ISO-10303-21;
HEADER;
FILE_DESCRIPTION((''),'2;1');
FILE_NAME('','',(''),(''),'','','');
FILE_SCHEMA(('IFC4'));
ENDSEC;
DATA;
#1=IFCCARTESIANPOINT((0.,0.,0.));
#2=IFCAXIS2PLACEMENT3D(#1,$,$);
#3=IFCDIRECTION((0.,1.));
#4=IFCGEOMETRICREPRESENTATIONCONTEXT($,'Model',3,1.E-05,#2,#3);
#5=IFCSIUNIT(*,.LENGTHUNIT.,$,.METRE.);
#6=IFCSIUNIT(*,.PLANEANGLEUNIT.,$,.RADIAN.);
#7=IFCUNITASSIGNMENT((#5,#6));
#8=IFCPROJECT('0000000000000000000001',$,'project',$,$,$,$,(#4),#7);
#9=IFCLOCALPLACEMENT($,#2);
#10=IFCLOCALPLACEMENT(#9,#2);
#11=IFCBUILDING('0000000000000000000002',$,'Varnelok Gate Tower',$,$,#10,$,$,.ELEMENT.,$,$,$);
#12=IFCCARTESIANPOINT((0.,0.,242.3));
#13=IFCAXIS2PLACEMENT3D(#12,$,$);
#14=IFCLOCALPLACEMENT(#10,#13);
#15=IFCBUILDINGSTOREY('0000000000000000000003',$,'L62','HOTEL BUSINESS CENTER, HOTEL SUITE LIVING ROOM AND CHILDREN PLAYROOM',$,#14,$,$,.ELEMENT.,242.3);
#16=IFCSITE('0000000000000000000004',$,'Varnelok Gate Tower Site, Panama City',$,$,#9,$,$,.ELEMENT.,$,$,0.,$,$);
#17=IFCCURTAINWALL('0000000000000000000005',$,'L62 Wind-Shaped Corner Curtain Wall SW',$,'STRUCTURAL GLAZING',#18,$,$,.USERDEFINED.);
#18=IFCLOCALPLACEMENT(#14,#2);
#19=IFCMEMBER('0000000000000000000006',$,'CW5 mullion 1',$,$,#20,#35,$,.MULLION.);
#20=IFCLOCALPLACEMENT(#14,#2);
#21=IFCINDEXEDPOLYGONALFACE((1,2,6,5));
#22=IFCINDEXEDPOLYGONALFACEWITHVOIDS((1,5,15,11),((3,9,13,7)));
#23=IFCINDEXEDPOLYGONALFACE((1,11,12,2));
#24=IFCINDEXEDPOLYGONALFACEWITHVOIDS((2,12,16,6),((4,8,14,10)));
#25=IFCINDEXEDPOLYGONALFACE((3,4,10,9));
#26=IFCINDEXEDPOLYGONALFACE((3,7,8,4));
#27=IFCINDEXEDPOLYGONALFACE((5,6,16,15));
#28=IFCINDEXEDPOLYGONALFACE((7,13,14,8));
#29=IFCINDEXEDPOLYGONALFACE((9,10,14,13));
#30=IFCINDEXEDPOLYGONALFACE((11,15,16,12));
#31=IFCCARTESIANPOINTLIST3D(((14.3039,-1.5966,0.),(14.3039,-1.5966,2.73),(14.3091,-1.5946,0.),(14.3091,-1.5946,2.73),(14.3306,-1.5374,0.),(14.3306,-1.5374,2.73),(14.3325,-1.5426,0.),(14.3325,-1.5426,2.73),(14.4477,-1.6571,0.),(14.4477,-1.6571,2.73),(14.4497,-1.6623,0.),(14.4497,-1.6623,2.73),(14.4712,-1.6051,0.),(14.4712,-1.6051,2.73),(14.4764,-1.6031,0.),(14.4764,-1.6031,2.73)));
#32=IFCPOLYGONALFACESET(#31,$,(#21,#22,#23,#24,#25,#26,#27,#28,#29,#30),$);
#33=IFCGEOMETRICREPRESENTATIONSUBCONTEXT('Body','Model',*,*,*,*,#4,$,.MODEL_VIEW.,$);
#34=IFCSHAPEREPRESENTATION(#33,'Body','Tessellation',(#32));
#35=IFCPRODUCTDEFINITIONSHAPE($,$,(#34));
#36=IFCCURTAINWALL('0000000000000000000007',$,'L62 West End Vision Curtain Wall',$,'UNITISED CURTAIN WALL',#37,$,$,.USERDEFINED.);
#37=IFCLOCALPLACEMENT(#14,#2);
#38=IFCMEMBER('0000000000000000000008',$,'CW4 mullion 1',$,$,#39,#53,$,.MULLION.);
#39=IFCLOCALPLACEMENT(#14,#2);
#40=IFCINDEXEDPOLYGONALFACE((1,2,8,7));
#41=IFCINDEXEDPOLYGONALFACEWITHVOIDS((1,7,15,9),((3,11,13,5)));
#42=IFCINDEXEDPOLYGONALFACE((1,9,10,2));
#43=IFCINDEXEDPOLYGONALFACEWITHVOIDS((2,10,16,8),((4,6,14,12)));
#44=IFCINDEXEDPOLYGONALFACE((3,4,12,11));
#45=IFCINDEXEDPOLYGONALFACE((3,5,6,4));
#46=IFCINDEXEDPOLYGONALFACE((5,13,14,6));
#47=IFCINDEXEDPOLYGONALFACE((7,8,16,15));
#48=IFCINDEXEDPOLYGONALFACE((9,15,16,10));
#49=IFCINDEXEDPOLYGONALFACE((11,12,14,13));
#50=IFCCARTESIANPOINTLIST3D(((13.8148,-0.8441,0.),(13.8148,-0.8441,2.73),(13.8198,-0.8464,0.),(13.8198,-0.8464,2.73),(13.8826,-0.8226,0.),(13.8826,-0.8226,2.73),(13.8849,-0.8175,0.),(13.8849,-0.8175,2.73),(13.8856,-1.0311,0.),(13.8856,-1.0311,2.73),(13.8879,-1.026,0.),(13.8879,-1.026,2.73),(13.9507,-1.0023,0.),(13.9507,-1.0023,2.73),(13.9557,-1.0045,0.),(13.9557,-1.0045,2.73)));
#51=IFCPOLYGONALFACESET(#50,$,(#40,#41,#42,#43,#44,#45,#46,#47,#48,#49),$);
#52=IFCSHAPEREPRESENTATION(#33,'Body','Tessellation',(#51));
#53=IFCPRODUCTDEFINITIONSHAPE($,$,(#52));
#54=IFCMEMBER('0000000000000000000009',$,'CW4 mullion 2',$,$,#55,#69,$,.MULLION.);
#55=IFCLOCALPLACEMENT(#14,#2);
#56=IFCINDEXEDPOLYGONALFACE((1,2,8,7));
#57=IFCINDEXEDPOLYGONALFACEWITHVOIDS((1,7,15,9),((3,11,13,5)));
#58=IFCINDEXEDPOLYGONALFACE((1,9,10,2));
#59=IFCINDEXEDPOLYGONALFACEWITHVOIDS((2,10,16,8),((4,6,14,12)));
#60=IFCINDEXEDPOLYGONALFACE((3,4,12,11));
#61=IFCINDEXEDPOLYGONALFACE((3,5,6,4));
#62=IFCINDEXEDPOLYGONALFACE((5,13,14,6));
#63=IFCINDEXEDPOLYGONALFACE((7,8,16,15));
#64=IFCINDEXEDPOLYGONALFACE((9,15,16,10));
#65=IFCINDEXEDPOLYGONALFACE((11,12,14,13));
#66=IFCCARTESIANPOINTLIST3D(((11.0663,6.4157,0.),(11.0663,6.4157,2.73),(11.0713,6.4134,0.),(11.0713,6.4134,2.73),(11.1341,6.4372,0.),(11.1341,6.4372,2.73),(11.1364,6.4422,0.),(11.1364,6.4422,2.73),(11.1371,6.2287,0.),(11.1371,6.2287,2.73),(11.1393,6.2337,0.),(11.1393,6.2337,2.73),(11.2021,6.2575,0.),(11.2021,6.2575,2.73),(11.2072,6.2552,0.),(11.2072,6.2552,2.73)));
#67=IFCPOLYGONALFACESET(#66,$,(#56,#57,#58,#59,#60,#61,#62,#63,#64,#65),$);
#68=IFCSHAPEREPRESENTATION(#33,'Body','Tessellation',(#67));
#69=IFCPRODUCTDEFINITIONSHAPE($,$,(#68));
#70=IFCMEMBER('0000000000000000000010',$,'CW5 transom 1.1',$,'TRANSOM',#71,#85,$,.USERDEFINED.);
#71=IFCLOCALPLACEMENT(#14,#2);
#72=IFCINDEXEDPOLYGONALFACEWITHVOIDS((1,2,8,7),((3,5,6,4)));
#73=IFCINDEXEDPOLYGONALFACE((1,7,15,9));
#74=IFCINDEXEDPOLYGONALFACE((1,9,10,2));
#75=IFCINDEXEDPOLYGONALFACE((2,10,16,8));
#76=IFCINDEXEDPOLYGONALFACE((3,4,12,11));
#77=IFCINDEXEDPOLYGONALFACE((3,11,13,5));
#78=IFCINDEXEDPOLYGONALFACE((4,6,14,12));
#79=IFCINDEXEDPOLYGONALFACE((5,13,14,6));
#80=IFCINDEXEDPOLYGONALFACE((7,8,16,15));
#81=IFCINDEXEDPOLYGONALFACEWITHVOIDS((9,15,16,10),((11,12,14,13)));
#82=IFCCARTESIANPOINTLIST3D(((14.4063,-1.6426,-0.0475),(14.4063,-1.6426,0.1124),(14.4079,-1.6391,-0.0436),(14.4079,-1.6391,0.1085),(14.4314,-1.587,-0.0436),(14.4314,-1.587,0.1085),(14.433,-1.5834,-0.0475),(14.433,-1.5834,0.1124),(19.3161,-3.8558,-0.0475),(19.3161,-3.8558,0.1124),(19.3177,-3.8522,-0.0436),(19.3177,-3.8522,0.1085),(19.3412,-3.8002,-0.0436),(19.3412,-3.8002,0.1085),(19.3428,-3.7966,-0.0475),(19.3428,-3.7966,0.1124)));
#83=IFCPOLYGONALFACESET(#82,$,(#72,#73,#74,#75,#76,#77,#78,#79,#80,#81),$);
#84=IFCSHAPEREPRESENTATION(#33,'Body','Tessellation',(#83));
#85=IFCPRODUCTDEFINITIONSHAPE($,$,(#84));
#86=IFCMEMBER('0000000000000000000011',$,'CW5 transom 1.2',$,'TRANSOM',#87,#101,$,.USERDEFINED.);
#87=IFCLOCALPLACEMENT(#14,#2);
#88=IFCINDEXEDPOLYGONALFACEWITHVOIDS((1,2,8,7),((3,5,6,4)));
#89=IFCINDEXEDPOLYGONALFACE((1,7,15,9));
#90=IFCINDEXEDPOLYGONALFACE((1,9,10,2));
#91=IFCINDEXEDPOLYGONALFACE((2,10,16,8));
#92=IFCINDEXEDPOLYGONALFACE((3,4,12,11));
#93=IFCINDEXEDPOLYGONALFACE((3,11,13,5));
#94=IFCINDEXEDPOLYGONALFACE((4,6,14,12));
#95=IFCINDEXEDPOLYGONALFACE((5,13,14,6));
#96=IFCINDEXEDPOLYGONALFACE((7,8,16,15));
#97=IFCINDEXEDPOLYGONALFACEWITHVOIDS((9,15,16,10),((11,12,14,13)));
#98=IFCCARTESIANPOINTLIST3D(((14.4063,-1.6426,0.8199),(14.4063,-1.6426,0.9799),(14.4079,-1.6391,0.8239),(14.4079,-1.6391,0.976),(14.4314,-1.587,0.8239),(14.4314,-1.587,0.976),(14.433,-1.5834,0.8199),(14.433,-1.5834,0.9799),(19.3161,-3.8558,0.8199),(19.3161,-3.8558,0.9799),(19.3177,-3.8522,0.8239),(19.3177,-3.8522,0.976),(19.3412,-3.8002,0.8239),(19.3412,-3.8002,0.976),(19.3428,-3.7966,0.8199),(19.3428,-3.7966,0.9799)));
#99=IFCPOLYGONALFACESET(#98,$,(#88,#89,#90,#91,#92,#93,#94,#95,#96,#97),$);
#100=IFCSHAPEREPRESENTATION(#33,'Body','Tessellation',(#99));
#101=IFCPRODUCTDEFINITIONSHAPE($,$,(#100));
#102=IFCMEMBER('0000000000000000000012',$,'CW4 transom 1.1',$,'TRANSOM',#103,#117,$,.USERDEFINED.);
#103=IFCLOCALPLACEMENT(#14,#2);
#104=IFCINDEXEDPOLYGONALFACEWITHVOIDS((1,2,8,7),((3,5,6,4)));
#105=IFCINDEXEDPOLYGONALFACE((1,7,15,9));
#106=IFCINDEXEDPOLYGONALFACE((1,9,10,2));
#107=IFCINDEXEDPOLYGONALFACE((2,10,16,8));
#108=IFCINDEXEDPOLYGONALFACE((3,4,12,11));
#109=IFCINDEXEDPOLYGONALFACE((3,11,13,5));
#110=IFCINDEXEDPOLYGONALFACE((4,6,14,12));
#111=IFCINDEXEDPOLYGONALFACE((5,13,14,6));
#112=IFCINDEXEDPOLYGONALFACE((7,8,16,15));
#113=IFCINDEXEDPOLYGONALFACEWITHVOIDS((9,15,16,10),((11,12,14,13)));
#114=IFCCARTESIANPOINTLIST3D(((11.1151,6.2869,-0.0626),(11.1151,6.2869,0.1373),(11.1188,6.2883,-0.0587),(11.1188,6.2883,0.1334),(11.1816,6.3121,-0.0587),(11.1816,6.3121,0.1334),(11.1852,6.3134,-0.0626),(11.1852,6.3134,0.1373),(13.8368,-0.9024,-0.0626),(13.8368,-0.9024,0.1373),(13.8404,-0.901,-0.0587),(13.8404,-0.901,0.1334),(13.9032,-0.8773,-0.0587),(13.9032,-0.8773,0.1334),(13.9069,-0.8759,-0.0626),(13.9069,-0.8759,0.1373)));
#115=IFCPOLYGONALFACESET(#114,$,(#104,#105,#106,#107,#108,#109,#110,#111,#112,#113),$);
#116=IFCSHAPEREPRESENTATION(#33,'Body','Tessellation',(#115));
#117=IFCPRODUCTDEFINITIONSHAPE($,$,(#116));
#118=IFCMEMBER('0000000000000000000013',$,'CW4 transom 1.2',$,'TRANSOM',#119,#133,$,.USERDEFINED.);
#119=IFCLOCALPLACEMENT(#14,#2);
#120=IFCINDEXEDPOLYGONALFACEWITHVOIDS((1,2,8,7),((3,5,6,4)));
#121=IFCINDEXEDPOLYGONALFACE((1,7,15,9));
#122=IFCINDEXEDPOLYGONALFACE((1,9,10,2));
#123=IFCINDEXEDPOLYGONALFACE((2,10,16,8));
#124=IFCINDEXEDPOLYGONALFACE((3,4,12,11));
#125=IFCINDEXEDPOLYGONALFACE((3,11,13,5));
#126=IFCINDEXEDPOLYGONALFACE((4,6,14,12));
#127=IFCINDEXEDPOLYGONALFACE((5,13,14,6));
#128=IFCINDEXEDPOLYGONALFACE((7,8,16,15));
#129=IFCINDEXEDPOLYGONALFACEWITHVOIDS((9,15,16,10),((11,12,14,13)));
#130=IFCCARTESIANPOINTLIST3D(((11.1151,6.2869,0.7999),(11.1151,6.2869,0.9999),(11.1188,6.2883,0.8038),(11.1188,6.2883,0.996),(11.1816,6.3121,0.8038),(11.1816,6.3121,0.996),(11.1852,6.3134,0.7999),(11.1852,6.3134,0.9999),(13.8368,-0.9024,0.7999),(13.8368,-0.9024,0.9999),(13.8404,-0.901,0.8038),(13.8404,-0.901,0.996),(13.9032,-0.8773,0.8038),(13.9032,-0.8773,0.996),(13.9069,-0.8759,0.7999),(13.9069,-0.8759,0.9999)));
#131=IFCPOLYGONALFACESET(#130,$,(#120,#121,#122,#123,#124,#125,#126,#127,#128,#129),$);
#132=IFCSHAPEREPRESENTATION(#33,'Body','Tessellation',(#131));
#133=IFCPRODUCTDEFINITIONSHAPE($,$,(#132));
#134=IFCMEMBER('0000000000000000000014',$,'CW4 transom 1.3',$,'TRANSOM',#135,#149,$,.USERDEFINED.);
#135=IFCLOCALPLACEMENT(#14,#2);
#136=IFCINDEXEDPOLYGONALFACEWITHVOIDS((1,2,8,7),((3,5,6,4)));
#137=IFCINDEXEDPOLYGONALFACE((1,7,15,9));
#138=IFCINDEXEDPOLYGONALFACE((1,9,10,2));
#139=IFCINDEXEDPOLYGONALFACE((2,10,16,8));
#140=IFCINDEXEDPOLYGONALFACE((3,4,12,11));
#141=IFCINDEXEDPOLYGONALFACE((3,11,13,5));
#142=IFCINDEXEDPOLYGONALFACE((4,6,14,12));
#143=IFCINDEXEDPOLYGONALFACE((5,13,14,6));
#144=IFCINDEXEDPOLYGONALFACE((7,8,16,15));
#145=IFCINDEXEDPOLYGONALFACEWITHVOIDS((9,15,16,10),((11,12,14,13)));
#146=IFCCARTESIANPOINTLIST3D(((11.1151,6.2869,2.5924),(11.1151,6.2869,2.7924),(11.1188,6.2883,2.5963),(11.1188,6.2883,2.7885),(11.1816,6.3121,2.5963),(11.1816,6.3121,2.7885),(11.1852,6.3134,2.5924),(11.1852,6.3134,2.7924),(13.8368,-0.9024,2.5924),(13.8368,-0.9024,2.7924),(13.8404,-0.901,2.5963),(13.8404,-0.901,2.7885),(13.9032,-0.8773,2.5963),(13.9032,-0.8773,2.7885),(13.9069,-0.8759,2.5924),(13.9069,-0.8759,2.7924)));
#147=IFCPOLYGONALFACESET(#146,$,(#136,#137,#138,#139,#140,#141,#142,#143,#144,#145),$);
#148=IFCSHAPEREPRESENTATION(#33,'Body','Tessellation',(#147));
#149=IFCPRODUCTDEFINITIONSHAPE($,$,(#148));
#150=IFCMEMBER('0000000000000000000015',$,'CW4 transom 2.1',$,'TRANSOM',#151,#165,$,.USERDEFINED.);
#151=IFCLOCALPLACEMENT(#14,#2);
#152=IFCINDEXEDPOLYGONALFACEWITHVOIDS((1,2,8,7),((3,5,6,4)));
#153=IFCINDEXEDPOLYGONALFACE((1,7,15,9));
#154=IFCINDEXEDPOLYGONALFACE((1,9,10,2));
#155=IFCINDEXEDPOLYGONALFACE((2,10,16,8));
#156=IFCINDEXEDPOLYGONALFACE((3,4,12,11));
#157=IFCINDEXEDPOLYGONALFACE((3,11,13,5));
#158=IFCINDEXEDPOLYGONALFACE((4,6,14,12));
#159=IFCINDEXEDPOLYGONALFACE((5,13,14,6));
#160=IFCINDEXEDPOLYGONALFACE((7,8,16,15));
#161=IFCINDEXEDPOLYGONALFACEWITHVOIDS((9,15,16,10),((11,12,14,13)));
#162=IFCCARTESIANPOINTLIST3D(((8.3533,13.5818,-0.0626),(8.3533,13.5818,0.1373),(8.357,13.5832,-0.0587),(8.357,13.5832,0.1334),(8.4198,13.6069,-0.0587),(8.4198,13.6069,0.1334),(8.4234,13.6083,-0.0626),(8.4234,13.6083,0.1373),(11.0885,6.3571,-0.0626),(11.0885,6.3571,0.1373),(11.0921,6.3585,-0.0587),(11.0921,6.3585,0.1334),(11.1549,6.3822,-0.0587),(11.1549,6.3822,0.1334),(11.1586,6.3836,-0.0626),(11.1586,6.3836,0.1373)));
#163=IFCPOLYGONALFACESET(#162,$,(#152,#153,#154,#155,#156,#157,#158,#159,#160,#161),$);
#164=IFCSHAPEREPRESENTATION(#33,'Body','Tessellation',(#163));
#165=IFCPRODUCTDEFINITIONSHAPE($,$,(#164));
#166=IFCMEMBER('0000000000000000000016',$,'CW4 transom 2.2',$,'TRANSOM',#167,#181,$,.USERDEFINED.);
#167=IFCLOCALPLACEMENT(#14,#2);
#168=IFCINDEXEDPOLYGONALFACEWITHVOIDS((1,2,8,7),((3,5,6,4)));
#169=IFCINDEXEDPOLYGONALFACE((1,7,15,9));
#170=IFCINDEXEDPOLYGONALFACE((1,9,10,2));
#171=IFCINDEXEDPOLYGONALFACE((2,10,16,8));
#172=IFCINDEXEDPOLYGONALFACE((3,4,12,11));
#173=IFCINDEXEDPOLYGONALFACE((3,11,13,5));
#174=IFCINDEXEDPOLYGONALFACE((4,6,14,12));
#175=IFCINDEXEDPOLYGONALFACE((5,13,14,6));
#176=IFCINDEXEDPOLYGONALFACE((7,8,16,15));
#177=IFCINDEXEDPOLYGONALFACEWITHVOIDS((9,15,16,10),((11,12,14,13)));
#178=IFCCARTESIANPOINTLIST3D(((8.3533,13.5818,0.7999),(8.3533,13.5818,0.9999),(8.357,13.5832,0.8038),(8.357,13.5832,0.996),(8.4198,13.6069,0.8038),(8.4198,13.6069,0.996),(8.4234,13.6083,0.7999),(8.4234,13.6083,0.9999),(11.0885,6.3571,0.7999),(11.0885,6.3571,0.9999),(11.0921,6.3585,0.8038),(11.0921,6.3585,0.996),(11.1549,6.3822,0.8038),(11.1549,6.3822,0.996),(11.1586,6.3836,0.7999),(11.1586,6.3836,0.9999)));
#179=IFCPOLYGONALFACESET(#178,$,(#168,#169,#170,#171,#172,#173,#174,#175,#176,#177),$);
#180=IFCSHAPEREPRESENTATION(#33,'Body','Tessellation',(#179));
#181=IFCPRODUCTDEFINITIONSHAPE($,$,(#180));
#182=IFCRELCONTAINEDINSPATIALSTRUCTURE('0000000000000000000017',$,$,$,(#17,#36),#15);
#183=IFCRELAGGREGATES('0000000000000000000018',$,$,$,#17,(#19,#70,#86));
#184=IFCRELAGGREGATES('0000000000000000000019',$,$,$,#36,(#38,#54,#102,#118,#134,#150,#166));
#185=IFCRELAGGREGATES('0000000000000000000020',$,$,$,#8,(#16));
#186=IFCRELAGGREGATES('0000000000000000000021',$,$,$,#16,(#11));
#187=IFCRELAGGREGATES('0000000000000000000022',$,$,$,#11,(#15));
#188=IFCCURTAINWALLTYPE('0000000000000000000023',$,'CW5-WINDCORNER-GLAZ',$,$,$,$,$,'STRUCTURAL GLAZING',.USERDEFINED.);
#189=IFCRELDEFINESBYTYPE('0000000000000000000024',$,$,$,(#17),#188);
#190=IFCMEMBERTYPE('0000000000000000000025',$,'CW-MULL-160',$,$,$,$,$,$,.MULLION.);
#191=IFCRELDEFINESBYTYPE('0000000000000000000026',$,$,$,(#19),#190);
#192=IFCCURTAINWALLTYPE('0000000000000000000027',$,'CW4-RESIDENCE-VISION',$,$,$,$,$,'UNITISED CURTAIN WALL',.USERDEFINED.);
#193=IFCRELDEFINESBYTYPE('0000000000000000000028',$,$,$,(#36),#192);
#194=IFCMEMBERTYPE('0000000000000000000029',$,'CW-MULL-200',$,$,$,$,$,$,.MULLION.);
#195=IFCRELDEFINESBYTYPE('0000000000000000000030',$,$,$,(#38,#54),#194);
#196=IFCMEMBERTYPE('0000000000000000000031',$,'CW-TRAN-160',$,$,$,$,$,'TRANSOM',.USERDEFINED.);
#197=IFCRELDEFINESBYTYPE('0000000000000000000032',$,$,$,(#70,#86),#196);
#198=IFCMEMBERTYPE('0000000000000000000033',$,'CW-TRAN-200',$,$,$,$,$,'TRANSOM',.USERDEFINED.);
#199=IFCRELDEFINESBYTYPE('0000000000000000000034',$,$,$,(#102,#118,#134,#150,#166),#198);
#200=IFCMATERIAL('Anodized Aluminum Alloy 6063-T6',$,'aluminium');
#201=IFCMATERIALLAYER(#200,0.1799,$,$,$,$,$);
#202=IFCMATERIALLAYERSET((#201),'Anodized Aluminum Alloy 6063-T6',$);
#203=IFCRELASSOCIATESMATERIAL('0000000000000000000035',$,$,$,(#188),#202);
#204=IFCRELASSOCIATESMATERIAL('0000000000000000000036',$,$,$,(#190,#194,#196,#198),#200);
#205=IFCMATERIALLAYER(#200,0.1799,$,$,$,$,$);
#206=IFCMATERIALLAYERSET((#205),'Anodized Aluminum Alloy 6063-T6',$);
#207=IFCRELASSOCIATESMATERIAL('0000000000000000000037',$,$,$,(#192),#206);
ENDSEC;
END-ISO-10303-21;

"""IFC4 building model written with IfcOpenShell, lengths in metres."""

from ifc_helpers import new_model, si_unit, direction, frame, origin, origin_2d, place, context, subcontext, project, spatial, hollow_rectangle, extrude, material, layer, layer_set, material_profile, profile_set, type_object, element, aggregate, save


model = new_model("IFC4")

# Units and contexts
model_context = context("Model", 3, precision=1e-05, world=origin(), true_north=direction((0.0, 1.0)))
body_context = subcontext(model_context, "Body", "Model", "MODEL_VIEW")
ifc_project = project(units=[si_unit("LENGTHUNIT", "METRE"), si_unit("PLANEANGLEUNIT", "RADIAN")], contexts=[model_context])

# Site, building, storey
site_placement = place(None, origin())
site = spatial("IfcSite", under=ifc_project, at=site_placement, Name="Varnelok Gate Tower Site, Panama City", CompositionType="ELEMENT", RefElevation=0.0)
building_placement = place(site_placement, origin())
building = spatial("IfcBuilding", under=site, at=building_placement, Name="Varnelok Gate Tower", CompositionType="ELEMENT")
storey_placement = place(building_placement, frame((0.0, 0.0, 242.3)))
storey = spatial("IfcBuildingStorey", under=building, at=storey_placement, Name="L62", Description="HOTEL BUSINESS CENTER, HOTEL SUITE LIVING ROOM AND CHILDREN PLAYROOM", CompositionType="ELEMENT", Elevation=242.3)

# Curtain wall, member
ifc_material_1 = material(Name="Anodized Aluminum Alloy 6063-T6", Category="aluminium")
ifc_layer_1 = layer(ifc_material_1, 0.1799)
ifc_layer_set_1 = layer_set([ifc_layer_1], Name="Anodized Aluminum Alloy 6063-T6")
curtain_wall_type_1 = type_object("IfcCurtainWallType", Name="CW5-WINDCORNER-GLAZ", ElementType="STRUCTURAL GLAZING", PredefinedType="USERDEFINED", material=ifc_layer_set_1)
curtain_wall_1_placement = place(storey_placement, origin())
curtain_wall_1 = element("IfcCurtainWall", 1, at=curtain_wall_1_placement, inside=storey, type_object=curtain_wall_type_1, Name="L62 Wind-Shaped Corner Curtain Wall SW", ObjectType="STRUCTURAL GLAZING", PredefinedType="USERDEFINED")
ifc_material_profile_1 = material_profile(ifc_material_1, hollow_rectangle(XDim=0.0649, YDim=0.1599, WallThickness=0.0039, at=origin_2d()), Name="ALU160X65X4")
ifc_profile_set_1 = profile_set([ifc_material_profile_1], Name="Anodized Aluminum Alloy 6063-T6")
member_type_1 = type_object("IfcMemberType", Name="CW-MULL-160", PredefinedType="MULLION", material=ifc_profile_set_1)
member_1_placement = place(storey_placement, frame((14.3901, -1.5999, 0.0), z_axis=(0.0, 0.0, 1.0), x_axis=(0.410939, 0.911663, 0.0)))
member_1 = element("IfcMember", 2, at=member_1_placement, type_object=member_type_1, Name="CW5 mullion 1", PredefinedType="MULLION", context=body_context, shape_type="SweptSolid", body=[
    extrude(hollow_rectangle(XDim=0.0649, YDim=0.1599, WallThickness=0.0039, at=origin_2d()), origin(), (0.0, 0.0, 1.0), 2.73),
])

# Curtain wall, members
ifc_layer_2 = layer(ifc_material_1, 0.1799)
ifc_layer_set_2 = layer_set([ifc_layer_2], Name="Anodized Aluminum Alloy 6063-T6")
curtain_wall_type_2 = type_object("IfcCurtainWallType", Name="CW4-RESIDENCE-VISION", ElementType="UNITISED CURTAIN WALL", PredefinedType="USERDEFINED", material=ifc_layer_set_2)
curtain_wall_2_placement = place(storey_placement, origin())
curtain_wall_2 = element("IfcCurtainWall", 3, at=curtain_wall_2_placement, inside=storey, type_object=curtain_wall_type_2, Name="L62 West End Vision Curtain Wall", ObjectType="UNITISED CURTAIN WALL", PredefinedType="USERDEFINED")
ifc_material_profile_2 = material_profile(ifc_material_1, hollow_rectangle(XDim=0.075, YDim=0.2, WallThickness=0.0039, at=origin_2d()), Name="ALU200X75X4")
ifc_profile_set_2 = profile_set([ifc_material_profile_2], Name="Anodized Aluminum Alloy 6063-T6")
member_type_2 = type_object("IfcMemberType", Name="CW-MULL-200", PredefinedType="MULLION", material=ifc_profile_set_2)
member_2_placement = place(storey_placement, frame((13.8853, -0.9243, 0.0), z_axis=(0.0, 0.0, 1.0), x_axis=(-0.935222, -0.354063, 0.0)))
member_2 = element("IfcMember", 4, at=member_2_placement, type_object=member_type_2, Name="CW4 mullion 1", PredefinedType="MULLION", context=body_context, shape_type="SweptSolid", body=[
    extrude(hollow_rectangle(XDim=0.075, YDim=0.2, WallThickness=0.0039, at=origin_2d()), origin(), (0.0, 0.0, 1.0), 2.73),
])
member_3_placement = place(storey_placement, frame((11.1367, 6.3354, 0.0), z_axis=(0.0, 0.0, 1.0), x_axis=(-0.935222, -0.354063, 0.0)))
member_3 = element("IfcMember", 5, at=member_3_placement, type_object=member_type_2, Name="CW4 mullion 2", PredefinedType="MULLION", context=body_context, shape_type="SweptSolid", body=[
    extrude(hollow_rectangle(XDim=0.075, YDim=0.2, WallThickness=0.0039, at=origin_2d()), origin(), (0.0, 0.0, 1.0), 2.73),
])

# Members
ifc_material_profile_3 = material_profile(ifc_material_1, hollow_rectangle(XDim=0.0649, YDim=0.1599, WallThickness=0.0039, at=origin_2d()), Name="ALU160X65X4")
ifc_profile_set_3 = profile_set([ifc_material_profile_3], Name="Anodized Aluminum Alloy 6063-T6")
member_type_3 = type_object("IfcMemberType", Name="CW-TRAN-160", ElementType="TRANSOM", PredefinedType="USERDEFINED", material=ifc_profile_set_3)
member_4_placement = place(storey_placement, frame((14.4197, -1.613, 0.0325), z_axis=(0.911658, -0.410949, 0.0), x_axis=(0.410949, 0.911658, 0.0)))
member_4 = element("IfcMember", 6, at=member_4_placement, type_object=member_type_3, Name="CW5 transom 1.1", ObjectType="TRANSOM", PredefinedType="USERDEFINED", context=body_context, shape_type="SweptSolid", body=[
    extrude(hollow_rectangle(XDim=0.0649, YDim=0.1599, WallThickness=0.0039, at=origin_2d()), origin(), (0.0, 0.0, 1.0), 5.3855),
])
member_5_placement = place(storey_placement, frame((14.4197, -1.613, 0.8999), z_axis=(0.911658, -0.410949, 0.0), x_axis=(0.410949, 0.911658, 0.0)))
member_5 = element("IfcMember", 7, at=member_5_placement, type_object=member_type_3, Name="CW5 transom 1.2", ObjectType="TRANSOM", PredefinedType="USERDEFINED", context=body_context, shape_type="SweptSolid", body=[
    extrude(hollow_rectangle(XDim=0.0649, YDim=0.1599, WallThickness=0.0039, at=origin_2d()), origin(), (0.0, 0.0, 1.0), 5.3855),
])
aggregate(curtain_wall_1, [member_1, member_4, member_5])
ifc_material_profile_4 = material_profile(ifc_material_1, hollow_rectangle(XDim=0.075, YDim=0.2, WallThickness=0.0039, at=origin_2d()), Name="ALU200X75X4")
ifc_profile_set_4 = profile_set([ifc_material_profile_4], Name="Anodized Aluminum Alloy 6063-T6")
member_type_4 = type_object("IfcMemberType", Name="CW-TRAN-200", ElementType="TRANSOM", PredefinedType="USERDEFINED", material=ifc_profile_set_4)
member_6_placement = place(storey_placement, frame((13.8718, -0.8892, 0.0374), z_axis=(-0.354045, 0.935228, 0.0), x_axis=(-0.935228, -0.354045, 0.0)))
member_6 = element("IfcMember", 8, at=member_6_placement, type_object=member_type_4, Name="CW4 transom 1.1", ObjectType="TRANSOM", PredefinedType="USERDEFINED", context=body_context, shape_type="SweptSolid", body=[
    extrude(hollow_rectangle(XDim=0.075, YDim=0.2, WallThickness=0.0039, at=origin_2d()), origin(), (0.0, 0.0, 1.0), 7.6873),
])
member_7_placement = place(storey_placement, frame((13.8718, -0.8892, 0.8999), z_axis=(-0.354045, 0.935228, 0.0), x_axis=(-0.935228, -0.354045, 0.0)))
member_7 = element("IfcMember", 9, at=member_7_placement, type_object=member_type_4, Name="CW4 transom 1.2", ObjectType="TRANSOM", PredefinedType="USERDEFINED", context=body_context, shape_type="SweptSolid", body=[
    extrude(hollow_rectangle(XDim=0.075, YDim=0.2, WallThickness=0.0039, at=origin_2d()), origin(), (0.0, 0.0, 1.0), 7.6873),
])
member_8_placement = place(storey_placement, frame((13.8718, -0.8892, 2.6924), z_axis=(-0.354045, 0.935228, 0.0), x_axis=(-0.935228, -0.354045, 0.0)))
member_8 = element("IfcMember", 10, at=member_8_placement, type_object=member_type_4, Name="CW4 transom 1.3", ObjectType="TRANSOM", PredefinedType="USERDEFINED", context=body_context, shape_type="SweptSolid", body=[
    extrude(hollow_rectangle(XDim=0.075, YDim=0.2, WallThickness=0.0039, at=origin_2d()), origin(), (0.0, 0.0, 1.0), 7.6873),
])
member_9_placement = place(storey_placement, frame((11.1235, 6.3704, 0.0374), z_axis=(-0.354059, 0.935223, 0.0), x_axis=(-0.935223, -0.354059, 0.0)))
member_9 = element("IfcMember", 11, at=member_9_placement, type_object=member_type_4, Name="CW4 transom 2.1", ObjectType="TRANSOM", PredefinedType="USERDEFINED", context=body_context, shape_type="SweptSolid", body=[
    extrude(hollow_rectangle(XDim=0.075, YDim=0.2, WallThickness=0.0039, at=origin_2d()), origin(), (0.0, 0.0, 1.0), 7.7251),
])
member_10_placement = place(storey_placement, frame((11.1235, 6.3704, 0.8999), z_axis=(-0.354059, 0.935223, 0.0), x_axis=(-0.935223, -0.354059, 0.0)))
member_10 = element("IfcMember", 12, at=member_10_placement, type_object=member_type_4, Name="CW4 transom 2.2", ObjectType="TRANSOM", PredefinedType="USERDEFINED", context=body_context, shape_type="SweptSolid", body=[
    extrude(hollow_rectangle(XDim=0.075, YDim=0.2, WallThickness=0.0039, at=origin_2d()), origin(), (0.0, 0.0, 1.0), 7.7251),
])

aggregate(curtain_wall_2, [member_2, member_3, member_6, member_7, member_8, member_9, member_10])

save(model, "model.ifc")
